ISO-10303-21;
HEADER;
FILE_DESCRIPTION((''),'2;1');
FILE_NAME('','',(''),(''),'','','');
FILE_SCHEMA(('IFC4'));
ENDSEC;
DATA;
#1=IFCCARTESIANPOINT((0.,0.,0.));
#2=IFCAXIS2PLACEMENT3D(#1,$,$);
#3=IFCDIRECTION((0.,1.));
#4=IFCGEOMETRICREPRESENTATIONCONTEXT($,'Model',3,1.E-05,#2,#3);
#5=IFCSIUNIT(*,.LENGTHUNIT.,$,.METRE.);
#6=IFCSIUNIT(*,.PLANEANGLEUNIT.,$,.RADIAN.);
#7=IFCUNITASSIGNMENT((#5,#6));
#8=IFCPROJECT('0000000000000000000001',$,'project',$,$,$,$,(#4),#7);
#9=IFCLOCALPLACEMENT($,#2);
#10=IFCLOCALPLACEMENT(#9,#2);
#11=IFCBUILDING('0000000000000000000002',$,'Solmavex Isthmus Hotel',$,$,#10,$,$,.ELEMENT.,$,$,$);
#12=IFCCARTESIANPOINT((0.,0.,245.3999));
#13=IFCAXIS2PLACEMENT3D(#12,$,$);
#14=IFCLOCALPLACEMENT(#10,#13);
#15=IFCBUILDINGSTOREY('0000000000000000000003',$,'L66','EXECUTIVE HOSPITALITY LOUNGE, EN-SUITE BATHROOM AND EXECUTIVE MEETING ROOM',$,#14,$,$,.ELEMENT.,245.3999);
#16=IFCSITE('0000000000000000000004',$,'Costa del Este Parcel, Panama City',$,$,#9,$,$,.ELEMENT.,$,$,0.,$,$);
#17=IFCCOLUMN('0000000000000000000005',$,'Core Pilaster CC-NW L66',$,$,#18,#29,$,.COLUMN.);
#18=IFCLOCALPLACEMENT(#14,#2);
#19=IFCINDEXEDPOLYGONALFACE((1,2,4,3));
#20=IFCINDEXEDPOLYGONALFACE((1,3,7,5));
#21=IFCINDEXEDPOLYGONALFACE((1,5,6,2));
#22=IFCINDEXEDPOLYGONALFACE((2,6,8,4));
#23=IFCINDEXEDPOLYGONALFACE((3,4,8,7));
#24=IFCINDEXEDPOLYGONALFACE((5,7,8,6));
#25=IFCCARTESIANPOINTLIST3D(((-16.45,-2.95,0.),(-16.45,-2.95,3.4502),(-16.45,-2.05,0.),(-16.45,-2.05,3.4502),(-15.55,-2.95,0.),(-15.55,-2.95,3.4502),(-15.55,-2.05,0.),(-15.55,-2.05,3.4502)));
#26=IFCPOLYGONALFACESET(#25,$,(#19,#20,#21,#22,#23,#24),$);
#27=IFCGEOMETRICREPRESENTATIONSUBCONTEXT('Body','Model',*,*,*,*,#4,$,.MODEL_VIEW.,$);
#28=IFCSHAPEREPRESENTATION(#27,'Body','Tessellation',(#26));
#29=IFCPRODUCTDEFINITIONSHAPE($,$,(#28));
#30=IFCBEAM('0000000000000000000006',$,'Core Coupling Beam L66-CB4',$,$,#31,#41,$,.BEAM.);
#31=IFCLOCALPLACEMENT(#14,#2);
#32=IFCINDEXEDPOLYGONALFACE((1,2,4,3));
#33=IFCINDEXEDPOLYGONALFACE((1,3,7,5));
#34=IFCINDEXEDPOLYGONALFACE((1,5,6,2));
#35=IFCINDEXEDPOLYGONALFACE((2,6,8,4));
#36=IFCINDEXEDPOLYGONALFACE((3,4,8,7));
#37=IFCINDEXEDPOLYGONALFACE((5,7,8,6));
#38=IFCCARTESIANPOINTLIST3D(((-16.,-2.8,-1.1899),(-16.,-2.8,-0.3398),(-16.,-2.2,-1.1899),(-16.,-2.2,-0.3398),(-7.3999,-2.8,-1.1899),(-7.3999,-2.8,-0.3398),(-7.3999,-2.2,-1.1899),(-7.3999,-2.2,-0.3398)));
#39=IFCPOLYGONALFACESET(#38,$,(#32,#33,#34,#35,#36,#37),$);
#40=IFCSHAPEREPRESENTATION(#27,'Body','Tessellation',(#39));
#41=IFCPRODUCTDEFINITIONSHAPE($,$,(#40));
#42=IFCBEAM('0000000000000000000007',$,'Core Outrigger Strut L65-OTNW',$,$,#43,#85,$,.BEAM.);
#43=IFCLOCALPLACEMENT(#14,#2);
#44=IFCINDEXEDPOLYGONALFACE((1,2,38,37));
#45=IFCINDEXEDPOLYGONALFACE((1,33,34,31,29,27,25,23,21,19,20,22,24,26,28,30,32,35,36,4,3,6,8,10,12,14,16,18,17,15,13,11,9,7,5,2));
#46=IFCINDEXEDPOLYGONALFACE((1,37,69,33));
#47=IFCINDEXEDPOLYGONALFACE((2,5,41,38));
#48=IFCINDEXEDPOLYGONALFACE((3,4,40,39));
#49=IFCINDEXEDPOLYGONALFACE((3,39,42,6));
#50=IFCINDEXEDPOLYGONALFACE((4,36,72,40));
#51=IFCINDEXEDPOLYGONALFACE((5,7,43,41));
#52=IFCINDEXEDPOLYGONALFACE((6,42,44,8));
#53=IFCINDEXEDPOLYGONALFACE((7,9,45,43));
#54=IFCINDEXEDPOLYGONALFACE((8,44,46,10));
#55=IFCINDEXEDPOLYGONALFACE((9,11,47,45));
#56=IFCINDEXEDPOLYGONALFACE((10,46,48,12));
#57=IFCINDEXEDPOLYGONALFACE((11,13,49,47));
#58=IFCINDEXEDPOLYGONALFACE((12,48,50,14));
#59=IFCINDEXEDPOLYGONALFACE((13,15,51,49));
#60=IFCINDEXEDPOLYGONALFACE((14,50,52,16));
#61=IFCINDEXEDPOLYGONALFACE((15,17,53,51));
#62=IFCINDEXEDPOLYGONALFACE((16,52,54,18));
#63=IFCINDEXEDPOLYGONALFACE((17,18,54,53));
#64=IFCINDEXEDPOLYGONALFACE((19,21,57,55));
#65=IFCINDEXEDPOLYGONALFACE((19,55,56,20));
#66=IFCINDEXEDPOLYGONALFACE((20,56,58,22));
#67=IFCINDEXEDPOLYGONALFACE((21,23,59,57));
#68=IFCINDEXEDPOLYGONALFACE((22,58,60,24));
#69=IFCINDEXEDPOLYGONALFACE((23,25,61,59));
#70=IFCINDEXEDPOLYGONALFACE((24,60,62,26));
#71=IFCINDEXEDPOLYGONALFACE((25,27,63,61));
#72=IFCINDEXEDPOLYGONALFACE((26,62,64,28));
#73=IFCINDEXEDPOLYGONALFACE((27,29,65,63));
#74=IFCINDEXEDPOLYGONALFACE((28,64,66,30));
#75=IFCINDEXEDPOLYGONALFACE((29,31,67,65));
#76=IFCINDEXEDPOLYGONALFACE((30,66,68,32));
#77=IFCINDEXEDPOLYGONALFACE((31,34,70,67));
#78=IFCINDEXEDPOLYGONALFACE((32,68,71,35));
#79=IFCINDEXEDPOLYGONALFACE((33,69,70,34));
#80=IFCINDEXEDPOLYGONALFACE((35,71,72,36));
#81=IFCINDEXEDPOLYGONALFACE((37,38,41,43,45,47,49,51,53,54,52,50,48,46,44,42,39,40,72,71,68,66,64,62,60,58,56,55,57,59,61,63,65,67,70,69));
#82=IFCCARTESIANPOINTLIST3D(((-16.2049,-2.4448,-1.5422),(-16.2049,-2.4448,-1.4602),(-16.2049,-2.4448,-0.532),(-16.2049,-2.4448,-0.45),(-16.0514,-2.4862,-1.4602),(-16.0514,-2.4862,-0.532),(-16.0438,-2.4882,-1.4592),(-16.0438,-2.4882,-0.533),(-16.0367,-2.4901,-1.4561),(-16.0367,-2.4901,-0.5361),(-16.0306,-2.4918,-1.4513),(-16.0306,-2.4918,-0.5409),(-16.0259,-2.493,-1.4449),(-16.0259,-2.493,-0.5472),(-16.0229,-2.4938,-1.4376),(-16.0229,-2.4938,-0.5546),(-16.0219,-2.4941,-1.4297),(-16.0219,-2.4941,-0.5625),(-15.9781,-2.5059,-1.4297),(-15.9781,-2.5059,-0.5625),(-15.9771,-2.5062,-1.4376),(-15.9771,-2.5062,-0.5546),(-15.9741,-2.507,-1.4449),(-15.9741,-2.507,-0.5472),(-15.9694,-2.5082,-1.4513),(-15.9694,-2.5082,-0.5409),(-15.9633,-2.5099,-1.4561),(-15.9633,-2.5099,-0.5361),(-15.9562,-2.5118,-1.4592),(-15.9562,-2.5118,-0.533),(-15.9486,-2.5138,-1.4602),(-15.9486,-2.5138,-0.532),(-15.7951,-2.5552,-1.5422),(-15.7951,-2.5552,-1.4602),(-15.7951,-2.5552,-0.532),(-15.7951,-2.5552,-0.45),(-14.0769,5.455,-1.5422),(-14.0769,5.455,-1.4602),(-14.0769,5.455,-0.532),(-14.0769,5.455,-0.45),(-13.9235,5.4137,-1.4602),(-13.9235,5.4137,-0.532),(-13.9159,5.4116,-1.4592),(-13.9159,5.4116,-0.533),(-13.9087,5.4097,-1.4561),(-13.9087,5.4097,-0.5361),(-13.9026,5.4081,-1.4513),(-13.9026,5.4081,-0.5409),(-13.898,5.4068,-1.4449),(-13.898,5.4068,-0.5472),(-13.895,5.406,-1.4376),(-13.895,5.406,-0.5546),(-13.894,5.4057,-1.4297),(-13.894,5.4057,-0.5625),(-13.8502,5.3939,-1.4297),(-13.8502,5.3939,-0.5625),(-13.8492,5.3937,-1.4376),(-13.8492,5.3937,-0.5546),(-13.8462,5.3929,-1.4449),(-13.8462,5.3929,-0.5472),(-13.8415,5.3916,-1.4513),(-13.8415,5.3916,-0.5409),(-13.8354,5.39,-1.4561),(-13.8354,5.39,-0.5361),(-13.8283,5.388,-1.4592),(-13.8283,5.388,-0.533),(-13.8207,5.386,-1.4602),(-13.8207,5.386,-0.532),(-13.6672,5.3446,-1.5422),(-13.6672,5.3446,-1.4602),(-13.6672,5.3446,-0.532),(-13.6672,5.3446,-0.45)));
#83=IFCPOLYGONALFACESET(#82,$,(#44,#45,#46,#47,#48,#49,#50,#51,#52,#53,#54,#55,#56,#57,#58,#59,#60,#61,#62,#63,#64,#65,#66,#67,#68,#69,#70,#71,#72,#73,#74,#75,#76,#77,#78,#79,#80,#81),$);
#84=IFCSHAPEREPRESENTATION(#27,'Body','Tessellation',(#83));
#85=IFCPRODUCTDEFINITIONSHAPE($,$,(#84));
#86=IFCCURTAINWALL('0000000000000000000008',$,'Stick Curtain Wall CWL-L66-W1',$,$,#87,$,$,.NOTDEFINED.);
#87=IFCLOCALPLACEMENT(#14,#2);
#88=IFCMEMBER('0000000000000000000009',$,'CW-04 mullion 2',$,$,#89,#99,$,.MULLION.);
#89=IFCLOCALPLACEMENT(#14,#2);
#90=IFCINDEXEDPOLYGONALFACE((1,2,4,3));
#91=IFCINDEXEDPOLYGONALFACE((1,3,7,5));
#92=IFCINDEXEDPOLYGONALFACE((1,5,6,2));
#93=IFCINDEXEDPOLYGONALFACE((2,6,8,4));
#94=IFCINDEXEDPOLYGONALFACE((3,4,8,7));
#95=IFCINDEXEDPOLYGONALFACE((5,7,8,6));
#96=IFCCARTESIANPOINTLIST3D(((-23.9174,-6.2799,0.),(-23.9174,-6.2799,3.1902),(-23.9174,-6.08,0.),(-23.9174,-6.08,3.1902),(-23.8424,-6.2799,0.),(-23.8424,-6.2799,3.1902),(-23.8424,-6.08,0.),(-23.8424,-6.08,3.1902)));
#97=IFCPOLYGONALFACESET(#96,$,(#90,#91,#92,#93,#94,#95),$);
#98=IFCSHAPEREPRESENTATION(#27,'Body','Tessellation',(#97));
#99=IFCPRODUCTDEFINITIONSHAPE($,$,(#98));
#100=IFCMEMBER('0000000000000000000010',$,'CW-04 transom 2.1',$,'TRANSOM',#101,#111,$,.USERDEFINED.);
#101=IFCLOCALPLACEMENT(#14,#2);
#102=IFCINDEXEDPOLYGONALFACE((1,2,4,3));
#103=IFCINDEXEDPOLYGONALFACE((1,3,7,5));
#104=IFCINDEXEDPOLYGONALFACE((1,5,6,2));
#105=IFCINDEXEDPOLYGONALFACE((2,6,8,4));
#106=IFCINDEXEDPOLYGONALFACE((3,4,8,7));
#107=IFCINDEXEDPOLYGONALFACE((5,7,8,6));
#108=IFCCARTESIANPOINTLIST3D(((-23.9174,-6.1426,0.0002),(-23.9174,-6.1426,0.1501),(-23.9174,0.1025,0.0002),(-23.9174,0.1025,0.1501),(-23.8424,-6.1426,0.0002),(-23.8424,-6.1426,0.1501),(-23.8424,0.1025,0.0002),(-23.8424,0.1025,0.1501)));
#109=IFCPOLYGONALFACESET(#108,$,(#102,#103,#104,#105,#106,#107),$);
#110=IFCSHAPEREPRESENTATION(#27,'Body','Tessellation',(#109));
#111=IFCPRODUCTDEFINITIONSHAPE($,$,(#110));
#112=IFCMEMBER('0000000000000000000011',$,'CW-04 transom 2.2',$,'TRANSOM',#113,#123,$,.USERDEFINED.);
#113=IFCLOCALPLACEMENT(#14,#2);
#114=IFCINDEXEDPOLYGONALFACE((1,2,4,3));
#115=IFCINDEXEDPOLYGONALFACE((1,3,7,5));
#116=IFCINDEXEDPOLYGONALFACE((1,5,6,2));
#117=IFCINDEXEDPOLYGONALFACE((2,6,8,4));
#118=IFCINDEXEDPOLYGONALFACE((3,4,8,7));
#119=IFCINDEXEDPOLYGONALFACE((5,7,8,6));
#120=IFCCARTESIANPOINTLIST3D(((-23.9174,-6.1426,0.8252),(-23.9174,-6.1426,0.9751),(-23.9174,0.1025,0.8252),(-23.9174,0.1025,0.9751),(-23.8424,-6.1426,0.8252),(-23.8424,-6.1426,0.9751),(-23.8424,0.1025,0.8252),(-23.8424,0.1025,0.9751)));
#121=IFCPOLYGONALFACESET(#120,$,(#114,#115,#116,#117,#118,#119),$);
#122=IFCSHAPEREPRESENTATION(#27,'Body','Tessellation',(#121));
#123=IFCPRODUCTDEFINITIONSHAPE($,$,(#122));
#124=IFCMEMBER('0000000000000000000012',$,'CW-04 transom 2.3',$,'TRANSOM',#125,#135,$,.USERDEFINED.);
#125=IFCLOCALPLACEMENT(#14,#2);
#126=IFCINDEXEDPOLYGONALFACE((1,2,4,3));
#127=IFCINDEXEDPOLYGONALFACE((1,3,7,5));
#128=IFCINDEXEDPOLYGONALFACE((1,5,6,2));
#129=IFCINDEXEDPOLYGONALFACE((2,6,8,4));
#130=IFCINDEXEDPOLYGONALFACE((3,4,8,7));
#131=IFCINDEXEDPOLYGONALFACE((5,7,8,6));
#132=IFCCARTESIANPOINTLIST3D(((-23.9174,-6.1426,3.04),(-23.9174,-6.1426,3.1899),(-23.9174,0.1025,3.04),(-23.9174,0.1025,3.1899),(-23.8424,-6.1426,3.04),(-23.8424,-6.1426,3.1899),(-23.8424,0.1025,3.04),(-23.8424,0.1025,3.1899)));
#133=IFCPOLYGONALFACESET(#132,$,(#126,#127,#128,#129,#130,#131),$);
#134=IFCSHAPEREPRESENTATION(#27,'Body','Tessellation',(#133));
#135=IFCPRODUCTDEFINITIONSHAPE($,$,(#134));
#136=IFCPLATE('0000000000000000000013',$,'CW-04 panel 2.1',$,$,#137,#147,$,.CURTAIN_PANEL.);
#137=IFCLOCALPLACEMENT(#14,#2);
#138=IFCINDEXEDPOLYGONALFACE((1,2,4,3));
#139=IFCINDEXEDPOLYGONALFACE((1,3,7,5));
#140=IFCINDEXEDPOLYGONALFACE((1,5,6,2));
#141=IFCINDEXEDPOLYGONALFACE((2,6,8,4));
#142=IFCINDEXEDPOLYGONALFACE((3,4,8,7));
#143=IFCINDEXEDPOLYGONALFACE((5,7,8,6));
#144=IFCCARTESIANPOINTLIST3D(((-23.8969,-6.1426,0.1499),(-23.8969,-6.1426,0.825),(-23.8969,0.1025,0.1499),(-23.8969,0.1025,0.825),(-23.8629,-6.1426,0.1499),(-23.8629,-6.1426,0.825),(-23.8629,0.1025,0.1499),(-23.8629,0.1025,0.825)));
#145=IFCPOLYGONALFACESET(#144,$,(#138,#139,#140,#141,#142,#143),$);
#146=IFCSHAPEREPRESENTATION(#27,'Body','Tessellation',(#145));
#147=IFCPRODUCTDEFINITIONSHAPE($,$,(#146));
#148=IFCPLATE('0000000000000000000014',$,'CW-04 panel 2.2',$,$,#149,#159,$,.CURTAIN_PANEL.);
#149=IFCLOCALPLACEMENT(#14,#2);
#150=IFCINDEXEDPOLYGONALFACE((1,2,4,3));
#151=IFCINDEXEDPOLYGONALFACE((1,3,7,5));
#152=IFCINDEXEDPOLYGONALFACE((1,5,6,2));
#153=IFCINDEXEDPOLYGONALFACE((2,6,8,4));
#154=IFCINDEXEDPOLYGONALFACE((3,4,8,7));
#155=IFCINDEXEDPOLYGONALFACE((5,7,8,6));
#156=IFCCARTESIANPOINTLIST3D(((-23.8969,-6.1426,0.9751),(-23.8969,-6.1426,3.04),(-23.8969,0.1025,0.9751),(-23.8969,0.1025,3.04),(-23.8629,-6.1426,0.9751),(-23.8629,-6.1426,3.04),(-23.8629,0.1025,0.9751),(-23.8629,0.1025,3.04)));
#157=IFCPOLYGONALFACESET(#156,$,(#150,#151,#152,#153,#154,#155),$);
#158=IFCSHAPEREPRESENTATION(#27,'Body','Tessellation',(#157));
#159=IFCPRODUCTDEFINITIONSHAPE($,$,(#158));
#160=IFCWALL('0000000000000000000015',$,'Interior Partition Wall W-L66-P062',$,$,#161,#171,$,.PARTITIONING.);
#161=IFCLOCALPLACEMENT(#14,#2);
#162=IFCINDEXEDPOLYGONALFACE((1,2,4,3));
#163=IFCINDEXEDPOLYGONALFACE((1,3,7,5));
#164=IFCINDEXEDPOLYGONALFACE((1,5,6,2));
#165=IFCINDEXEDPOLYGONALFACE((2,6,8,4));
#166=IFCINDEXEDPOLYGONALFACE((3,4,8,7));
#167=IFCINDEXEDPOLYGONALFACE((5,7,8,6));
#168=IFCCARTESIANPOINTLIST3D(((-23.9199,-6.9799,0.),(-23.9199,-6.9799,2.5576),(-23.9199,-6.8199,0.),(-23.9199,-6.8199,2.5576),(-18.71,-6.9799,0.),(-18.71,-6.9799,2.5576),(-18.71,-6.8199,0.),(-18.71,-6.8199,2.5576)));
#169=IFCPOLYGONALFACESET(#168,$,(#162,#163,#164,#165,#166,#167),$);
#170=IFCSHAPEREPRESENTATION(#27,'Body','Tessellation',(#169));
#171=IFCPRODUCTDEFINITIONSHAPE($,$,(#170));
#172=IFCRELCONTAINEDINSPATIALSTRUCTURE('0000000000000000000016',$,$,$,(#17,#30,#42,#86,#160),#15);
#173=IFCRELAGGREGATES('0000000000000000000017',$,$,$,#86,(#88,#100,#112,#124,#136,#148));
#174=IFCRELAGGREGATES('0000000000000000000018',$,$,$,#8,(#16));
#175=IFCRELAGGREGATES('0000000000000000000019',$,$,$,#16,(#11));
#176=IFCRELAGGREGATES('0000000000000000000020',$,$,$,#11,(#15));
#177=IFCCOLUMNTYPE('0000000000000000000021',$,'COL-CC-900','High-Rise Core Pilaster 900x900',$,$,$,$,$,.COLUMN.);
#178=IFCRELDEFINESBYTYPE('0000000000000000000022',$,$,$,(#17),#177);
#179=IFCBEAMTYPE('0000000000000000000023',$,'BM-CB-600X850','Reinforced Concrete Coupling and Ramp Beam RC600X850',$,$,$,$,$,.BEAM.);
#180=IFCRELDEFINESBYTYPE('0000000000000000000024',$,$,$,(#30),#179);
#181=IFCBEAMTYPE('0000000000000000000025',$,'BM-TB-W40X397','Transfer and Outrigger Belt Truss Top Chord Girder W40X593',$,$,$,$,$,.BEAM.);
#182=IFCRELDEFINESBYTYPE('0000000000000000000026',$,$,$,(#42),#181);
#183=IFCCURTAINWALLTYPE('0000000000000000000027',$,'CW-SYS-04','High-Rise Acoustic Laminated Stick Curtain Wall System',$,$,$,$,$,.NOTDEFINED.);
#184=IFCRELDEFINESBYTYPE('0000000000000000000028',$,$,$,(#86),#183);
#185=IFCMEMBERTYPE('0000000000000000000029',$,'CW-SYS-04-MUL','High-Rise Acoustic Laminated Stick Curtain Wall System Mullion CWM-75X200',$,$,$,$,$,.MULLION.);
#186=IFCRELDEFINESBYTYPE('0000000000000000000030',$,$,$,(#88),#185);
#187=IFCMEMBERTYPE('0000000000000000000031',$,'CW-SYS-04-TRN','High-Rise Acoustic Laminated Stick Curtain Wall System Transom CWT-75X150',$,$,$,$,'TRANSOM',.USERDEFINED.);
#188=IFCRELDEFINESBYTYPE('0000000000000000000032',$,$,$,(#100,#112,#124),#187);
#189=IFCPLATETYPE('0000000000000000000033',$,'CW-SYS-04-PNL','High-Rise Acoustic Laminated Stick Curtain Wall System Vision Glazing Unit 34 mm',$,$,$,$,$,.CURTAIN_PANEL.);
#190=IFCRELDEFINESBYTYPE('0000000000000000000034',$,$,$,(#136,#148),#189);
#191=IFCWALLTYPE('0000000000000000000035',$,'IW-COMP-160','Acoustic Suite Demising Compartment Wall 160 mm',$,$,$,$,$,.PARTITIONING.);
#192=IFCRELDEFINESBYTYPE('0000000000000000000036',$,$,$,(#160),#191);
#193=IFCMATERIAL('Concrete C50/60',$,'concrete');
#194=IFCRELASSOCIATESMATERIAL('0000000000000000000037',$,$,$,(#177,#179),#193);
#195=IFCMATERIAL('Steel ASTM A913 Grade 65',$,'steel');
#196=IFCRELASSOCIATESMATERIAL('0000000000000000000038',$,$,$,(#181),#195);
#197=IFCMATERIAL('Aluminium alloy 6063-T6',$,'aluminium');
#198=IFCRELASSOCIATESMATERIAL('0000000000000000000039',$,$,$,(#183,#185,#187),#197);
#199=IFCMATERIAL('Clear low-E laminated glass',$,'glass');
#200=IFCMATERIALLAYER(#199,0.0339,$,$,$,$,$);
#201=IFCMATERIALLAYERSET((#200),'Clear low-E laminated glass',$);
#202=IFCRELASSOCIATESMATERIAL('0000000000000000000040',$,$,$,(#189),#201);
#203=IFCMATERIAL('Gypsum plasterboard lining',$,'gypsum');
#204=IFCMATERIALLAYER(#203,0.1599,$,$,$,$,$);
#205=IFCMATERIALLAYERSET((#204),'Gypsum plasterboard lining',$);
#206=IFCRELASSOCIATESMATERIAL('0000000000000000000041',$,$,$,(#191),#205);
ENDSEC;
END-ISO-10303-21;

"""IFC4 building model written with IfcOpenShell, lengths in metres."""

from ifc_helpers import new_model, si_unit, direction, frame, frame_2d, origin, origin_2d, place, context, subcontext, project, spatial, rectangle, i_section, extrude, material, layer, layer_set, material_profile, profile_set, type_object, element, aggregate, save


model = new_model("IFC4")

# Units and contexts
model_context = context("Model", 3, precision=1e-05, world=origin(), true_north=direction((0.0, 1.0)))
body_context = subcontext(model_context, "Body", "Model", "MODEL_VIEW")
ifc_project = project(units=[si_unit("LENGTHUNIT", "METRE"), si_unit("PLANEANGLEUNIT", "RADIAN")], contexts=[model_context])

# Site, building, storey
site_placement = place(None, origin())
site = spatial("IfcSite", under=ifc_project, at=site_placement, Name="Costa del Este Parcel, Panama City", CompositionType="ELEMENT", RefElevation=0.0)
building_placement = place(site_placement, origin())
building = spatial("IfcBuilding", under=site, at=building_placement, Name="Solmavex Isthmus Hotel", CompositionType="ELEMENT")
storey_placement = place(building_placement, frame((0.0, 0.0, 245.3999)))
storey = spatial("IfcBuildingStorey", under=building, at=storey_placement, Name="L66", Description="EXECUTIVE HOSPITALITY LOUNGE, EN-SUITE BATHROOM AND EXECUTIVE MEETING ROOM", CompositionType="ELEMENT", Elevation=245.3999)

# Column
ifc_material_1 = material(Name="Concrete C50/60", Category="concrete")
ifc_material_profile_1 = material_profile(ifc_material_1, rectangle(XDim=0.8999, YDim=0.8999, at=origin_2d()), Name="RC900X900")
ifc_profile_set_1 = profile_set([ifc_material_profile_1], Name="Concrete C50/60")
column_type = type_object("IfcColumnType", Name="COL-CC-900", Description="High-Rise Core Pilaster 900x900", PredefinedType="COLUMN", material=ifc_profile_set_1)
column_placement = place(storey_placement, frame((-16.0, -2.5, 0.0), z_axis=(0.0, 0.0, 1.0), x_axis=(1.0, 0.0, 0.0)))
element("IfcColumn", 1, at=column_placement, inside=storey, type_object=column_type, Name="Core Pilaster CC-NW L66", PredefinedType="COLUMN", context=body_context, shape_type="SweptSolid", body=[
    extrude(rectangle(XDim=0.8999, YDim=0.8999, at=origin_2d()), origin(), (0.0, 0.0, 1.0), 3.4502),
])

# Beams
ifc_material_profile_2 = material_profile(ifc_material_1, rectangle(XDim=0.6001, YDim=0.8501, at=origin_2d()), Name="RC600X850")
ifc_profile_set_2 = profile_set([ifc_material_profile_2], Name="Concrete C50/60")
beam_type_1 = type_object("IfcBeamType", Name="BM-CB-600X850", Description="Reinforced Concrete Coupling and Ramp Beam RC600X850", PredefinedType="BEAM", material=ifc_profile_set_2)
beam_1_placement = place(storey_placement, frame((-16.0, -2.5, -0.7649), z_axis=(1.0, 0.0, 0.0), x_axis=(0.0, 1.0, 0.0)))
element("IfcBeam", 2, at=beam_1_placement, inside=storey, type_object=beam_type_1, Name="Core Coupling Beam L66-CB4", PredefinedType="BEAM", context=body_context, shape_type="SweptSolid", body=[
    extrude(rectangle(XDim=0.6001, YDim=0.8501, at=origin_2d()), origin(), (0.0, 0.0, 1.0), 8.6001),
])
ifc_material_2 = material(Name="Steel ASTM A913 Grade 65", Category="steel")
ifc_material_profile_3 = material_profile(ifc_material_2, i_section(OverallWidth=0.4243, OverallDepth=1.0923, WebThickness=0.0454, FlangeThickness=0.082, FilletRadius=0.0305, at=origin_2d()), Name="W40X593")
ifc_profile_set_3 = profile_set([ifc_material_profile_3], Name="Steel ASTM A913 Grade 65")
beam_type_2 = type_object("IfcBeamType", Name="BM-TB-W40X397", Description="Transfer and Outrigger Belt Truss Top Chord Girder W40X593", PredefinedType="BEAM", material=ifc_profile_set_3)
beam_2_placement = place(storey_placement, frame((-16.0, -2.5, -0.9961), z_axis=(0.260091, 0.965584, 0.0), x_axis=(-0.965584, 0.260091, 0.0)))
element("IfcBeam", 3, at=beam_2_placement, inside=storey, type_object=beam_type_2, Name="Core Outrigger Strut L65-OTNW", PredefinedType="BEAM", context=body_context, shape_type="SweptSolid", body=[
    extrude(i_section(OverallWidth=0.4243, OverallDepth=1.0923, WebThickness=0.0454, FlangeThickness=0.082, FilletRadius=0.0305, at=origin_2d()), origin(), (0.0, 0.0, 1.0), 8.1814),
])

# Curtain wall, members, plates
ifc_material_3 = material(Name="Aluminium alloy 6063-T6", Category="aluminium")
curtain_wall_type = type_object("IfcCurtainWallType", Name="CW-SYS-04", Description="High-Rise Acoustic Laminated Stick Curtain Wall System", PredefinedType="NOTDEFINED", material=ifc_material_3)
curtain_wall_placement = place(storey_placement, origin())
curtain_wall = element("IfcCurtainWall", 4, at=curtain_wall_placement, inside=storey, type_object=curtain_wall_type, Name="Stick Curtain Wall CWL-L66-W1", PredefinedType="NOTDEFINED")
ifc_material_profile_4 = material_profile(ifc_material_3, rectangle(XDim=0.075, YDim=0.2, at=origin_2d()), Name="CWM-75X200")
ifc_profile_set_4 = profile_set([ifc_material_profile_4], Name="Aluminium alloy 6063-T6")
member_type_1 = type_object("IfcMemberType", Name="CW-SYS-04-MUL", Description="High-Rise Acoustic Laminated Stick Curtain Wall System Mullion CWM-75X200", PredefinedType="MULLION", material=ifc_profile_set_4)
member_1_placement = place(storey_placement, frame((-23.8799, -6.1799, 0.0), z_axis=(0.0, 0.0, 1.0), x_axis=(-1.0, 0.0, 0.0)))
member_1 = element("IfcMember", 5, at=member_1_placement, type_object=member_type_1, Name="CW-04 mullion 2", PredefinedType="MULLION", context=body_context, shape_type="SweptSolid", body=[
    extrude(rectangle(XDim=0.075, YDim=0.2, at=origin_2d()), origin(), (0.0, 0.0, 1.0), 3.1902),
])
ifc_material_profile_5 = material_profile(ifc_material_3, rectangle(XDim=0.075, YDim=0.1499, at=origin_2d()), Name="CWT-75X150")
ifc_profile_set_5 = profile_set([ifc_material_profile_5], Name="Aluminium alloy 6063-T6")
member_type_2 = type_object("IfcMemberType", Name="CW-SYS-04-TRN", Description="High-Rise Acoustic Laminated Stick Curtain Wall System Transom CWT-75X150", ElementType="TRANSOM", PredefinedType="USERDEFINED", material=ifc_profile_set_5)
member_2_placement = place(storey_placement, frame((-23.8799, -6.1426, 0.0752), z_axis=(0.0, 1.0, 0.0), x_axis=(-1.0, 0.0, 0.0)))
member_2 = element("IfcMember", 6, at=member_2_placement, type_object=member_type_2, Name="CW-04 transom 2.1", ObjectType="TRANSOM", PredefinedType="USERDEFINED", context=body_context, shape_type="SweptSolid", body=[
    extrude(rectangle(XDim=0.075, YDim=0.1499, at=origin_2d()), origin(), (0.0, 0.0, 1.0), 6.2451),
])
member_3_placement = place(storey_placement, frame((-23.8799, -6.1426, 0.9001), z_axis=(0.0, 1.0, 0.0), x_axis=(-1.0, 0.0, 0.0)))
member_3 = element("IfcMember", 7, at=member_3_placement, type_object=member_type_2, Name="CW-04 transom 2.2", ObjectType="TRANSOM", PredefinedType="USERDEFINED", context=body_context, shape_type="SweptSolid", body=[
    extrude(rectangle(XDim=0.075, YDim=0.1499, at=origin_2d()), origin(), (0.0, 0.0, 1.0), 6.2451),
])
member_4_placement = place(storey_placement, frame((-23.8799, -6.1426, 3.115), z_axis=(0.0, 1.0, 0.0), x_axis=(-1.0, 0.0, 0.0)))
member_4 = element("IfcMember", 8, at=member_4_placement, type_object=member_type_2, Name="CW-04 transom 2.3", ObjectType="TRANSOM", PredefinedType="USERDEFINED", context=body_context, shape_type="SweptSolid", body=[
    extrude(rectangle(XDim=0.075, YDim=0.1499, at=origin_2d()), origin(), (0.0, 0.0, 1.0), 6.2451),
])
ifc_material_4 = material(Name="Clear low-E laminated glass", Category="glass")
ifc_layer_1 = layer(ifc_material_4, 0.0339)
ifc_layer_set_1 = layer_set([ifc_layer_1], Name="Clear low-E laminated glass")
plate_type = type_object("IfcPlateType", Name="CW-SYS-04-PNL", Description="High-Rise Acoustic Laminated Stick Curtain Wall System Vision Glazing Unit 34 mm", PredefinedType="CURTAIN_PANEL", material=ifc_layer_set_1)
plate_1_placement = place(storey_placement, frame((-23.8799, -3.02, 0.1499), z_axis=(0.0, 0.0, 1.0), x_axis=(0.0, 1.0, 0.0)))
plate_1 = element("IfcPlate", 9, at=plate_1_placement, type_object=plate_type, Name="CW-04 panel 2.1", PredefinedType="CURTAIN_PANEL", context=body_context, shape_type="SweptSolid", body=[
    extrude(rectangle(XDim=6.2451, YDim=0.0339, at=origin_2d()), origin(), (0.0, 0.0, 1.0), 0.675),
])
plate_2_placement = place(storey_placement, frame((-23.8799, -3.02, 0.9751), z_axis=(0.0, 0.0, 1.0), x_axis=(0.0, 1.0, 0.0)))
plate_2 = element("IfcPlate", 10, at=plate_2_placement, type_object=plate_type, Name="CW-04 panel 2.2", PredefinedType="CURTAIN_PANEL", context=body_context, shape_type="SweptSolid", body=[
    extrude(rectangle(XDim=6.2451, YDim=0.0339, at=origin_2d()), origin(), (0.0, 0.0, 1.0), 2.0649),
])
aggregate(curtain_wall, [member_1, member_2, member_3, member_4, plate_1, plate_2])

# Wall
ifc_material_5 = material(Name="Gypsum plasterboard lining", Category="gypsum")
ifc_layer_2 = layer(ifc_material_5, 0.1599)
ifc_layer_set_2 = layer_set([ifc_layer_2], Name="Gypsum plasterboard lining")
wall_type_1 = type_object("IfcWallType", Name="IW-COMP-160", Description="Acoustic Suite Demising Compartment Wall 160 mm", PredefinedType="PARTITIONING", material=ifc_layer_set_2)
wall_1_placement = place(storey_placement, frame((-23.9199, -6.8999, 0.0), z_axis=(0.0, 0.0, 1.0), x_axis=(1.0, 0.0, 0.0)))
element("IfcWall", 11, at=wall_1_placement, inside=storey, type_object=wall_type_1, Name="Interior Partition Wall W-L66-P062", PredefinedType="PARTITIONING", context=body_context, shape_type="SweptSolid", body=[
    extrude(rectangle(XDim=5.21, YDim=0.1599, at=frame_2d((2.605, 0.0))), origin(), (0.0, 0.0, 1.0), 2.5576),
])

save(model, "model.ifc")
